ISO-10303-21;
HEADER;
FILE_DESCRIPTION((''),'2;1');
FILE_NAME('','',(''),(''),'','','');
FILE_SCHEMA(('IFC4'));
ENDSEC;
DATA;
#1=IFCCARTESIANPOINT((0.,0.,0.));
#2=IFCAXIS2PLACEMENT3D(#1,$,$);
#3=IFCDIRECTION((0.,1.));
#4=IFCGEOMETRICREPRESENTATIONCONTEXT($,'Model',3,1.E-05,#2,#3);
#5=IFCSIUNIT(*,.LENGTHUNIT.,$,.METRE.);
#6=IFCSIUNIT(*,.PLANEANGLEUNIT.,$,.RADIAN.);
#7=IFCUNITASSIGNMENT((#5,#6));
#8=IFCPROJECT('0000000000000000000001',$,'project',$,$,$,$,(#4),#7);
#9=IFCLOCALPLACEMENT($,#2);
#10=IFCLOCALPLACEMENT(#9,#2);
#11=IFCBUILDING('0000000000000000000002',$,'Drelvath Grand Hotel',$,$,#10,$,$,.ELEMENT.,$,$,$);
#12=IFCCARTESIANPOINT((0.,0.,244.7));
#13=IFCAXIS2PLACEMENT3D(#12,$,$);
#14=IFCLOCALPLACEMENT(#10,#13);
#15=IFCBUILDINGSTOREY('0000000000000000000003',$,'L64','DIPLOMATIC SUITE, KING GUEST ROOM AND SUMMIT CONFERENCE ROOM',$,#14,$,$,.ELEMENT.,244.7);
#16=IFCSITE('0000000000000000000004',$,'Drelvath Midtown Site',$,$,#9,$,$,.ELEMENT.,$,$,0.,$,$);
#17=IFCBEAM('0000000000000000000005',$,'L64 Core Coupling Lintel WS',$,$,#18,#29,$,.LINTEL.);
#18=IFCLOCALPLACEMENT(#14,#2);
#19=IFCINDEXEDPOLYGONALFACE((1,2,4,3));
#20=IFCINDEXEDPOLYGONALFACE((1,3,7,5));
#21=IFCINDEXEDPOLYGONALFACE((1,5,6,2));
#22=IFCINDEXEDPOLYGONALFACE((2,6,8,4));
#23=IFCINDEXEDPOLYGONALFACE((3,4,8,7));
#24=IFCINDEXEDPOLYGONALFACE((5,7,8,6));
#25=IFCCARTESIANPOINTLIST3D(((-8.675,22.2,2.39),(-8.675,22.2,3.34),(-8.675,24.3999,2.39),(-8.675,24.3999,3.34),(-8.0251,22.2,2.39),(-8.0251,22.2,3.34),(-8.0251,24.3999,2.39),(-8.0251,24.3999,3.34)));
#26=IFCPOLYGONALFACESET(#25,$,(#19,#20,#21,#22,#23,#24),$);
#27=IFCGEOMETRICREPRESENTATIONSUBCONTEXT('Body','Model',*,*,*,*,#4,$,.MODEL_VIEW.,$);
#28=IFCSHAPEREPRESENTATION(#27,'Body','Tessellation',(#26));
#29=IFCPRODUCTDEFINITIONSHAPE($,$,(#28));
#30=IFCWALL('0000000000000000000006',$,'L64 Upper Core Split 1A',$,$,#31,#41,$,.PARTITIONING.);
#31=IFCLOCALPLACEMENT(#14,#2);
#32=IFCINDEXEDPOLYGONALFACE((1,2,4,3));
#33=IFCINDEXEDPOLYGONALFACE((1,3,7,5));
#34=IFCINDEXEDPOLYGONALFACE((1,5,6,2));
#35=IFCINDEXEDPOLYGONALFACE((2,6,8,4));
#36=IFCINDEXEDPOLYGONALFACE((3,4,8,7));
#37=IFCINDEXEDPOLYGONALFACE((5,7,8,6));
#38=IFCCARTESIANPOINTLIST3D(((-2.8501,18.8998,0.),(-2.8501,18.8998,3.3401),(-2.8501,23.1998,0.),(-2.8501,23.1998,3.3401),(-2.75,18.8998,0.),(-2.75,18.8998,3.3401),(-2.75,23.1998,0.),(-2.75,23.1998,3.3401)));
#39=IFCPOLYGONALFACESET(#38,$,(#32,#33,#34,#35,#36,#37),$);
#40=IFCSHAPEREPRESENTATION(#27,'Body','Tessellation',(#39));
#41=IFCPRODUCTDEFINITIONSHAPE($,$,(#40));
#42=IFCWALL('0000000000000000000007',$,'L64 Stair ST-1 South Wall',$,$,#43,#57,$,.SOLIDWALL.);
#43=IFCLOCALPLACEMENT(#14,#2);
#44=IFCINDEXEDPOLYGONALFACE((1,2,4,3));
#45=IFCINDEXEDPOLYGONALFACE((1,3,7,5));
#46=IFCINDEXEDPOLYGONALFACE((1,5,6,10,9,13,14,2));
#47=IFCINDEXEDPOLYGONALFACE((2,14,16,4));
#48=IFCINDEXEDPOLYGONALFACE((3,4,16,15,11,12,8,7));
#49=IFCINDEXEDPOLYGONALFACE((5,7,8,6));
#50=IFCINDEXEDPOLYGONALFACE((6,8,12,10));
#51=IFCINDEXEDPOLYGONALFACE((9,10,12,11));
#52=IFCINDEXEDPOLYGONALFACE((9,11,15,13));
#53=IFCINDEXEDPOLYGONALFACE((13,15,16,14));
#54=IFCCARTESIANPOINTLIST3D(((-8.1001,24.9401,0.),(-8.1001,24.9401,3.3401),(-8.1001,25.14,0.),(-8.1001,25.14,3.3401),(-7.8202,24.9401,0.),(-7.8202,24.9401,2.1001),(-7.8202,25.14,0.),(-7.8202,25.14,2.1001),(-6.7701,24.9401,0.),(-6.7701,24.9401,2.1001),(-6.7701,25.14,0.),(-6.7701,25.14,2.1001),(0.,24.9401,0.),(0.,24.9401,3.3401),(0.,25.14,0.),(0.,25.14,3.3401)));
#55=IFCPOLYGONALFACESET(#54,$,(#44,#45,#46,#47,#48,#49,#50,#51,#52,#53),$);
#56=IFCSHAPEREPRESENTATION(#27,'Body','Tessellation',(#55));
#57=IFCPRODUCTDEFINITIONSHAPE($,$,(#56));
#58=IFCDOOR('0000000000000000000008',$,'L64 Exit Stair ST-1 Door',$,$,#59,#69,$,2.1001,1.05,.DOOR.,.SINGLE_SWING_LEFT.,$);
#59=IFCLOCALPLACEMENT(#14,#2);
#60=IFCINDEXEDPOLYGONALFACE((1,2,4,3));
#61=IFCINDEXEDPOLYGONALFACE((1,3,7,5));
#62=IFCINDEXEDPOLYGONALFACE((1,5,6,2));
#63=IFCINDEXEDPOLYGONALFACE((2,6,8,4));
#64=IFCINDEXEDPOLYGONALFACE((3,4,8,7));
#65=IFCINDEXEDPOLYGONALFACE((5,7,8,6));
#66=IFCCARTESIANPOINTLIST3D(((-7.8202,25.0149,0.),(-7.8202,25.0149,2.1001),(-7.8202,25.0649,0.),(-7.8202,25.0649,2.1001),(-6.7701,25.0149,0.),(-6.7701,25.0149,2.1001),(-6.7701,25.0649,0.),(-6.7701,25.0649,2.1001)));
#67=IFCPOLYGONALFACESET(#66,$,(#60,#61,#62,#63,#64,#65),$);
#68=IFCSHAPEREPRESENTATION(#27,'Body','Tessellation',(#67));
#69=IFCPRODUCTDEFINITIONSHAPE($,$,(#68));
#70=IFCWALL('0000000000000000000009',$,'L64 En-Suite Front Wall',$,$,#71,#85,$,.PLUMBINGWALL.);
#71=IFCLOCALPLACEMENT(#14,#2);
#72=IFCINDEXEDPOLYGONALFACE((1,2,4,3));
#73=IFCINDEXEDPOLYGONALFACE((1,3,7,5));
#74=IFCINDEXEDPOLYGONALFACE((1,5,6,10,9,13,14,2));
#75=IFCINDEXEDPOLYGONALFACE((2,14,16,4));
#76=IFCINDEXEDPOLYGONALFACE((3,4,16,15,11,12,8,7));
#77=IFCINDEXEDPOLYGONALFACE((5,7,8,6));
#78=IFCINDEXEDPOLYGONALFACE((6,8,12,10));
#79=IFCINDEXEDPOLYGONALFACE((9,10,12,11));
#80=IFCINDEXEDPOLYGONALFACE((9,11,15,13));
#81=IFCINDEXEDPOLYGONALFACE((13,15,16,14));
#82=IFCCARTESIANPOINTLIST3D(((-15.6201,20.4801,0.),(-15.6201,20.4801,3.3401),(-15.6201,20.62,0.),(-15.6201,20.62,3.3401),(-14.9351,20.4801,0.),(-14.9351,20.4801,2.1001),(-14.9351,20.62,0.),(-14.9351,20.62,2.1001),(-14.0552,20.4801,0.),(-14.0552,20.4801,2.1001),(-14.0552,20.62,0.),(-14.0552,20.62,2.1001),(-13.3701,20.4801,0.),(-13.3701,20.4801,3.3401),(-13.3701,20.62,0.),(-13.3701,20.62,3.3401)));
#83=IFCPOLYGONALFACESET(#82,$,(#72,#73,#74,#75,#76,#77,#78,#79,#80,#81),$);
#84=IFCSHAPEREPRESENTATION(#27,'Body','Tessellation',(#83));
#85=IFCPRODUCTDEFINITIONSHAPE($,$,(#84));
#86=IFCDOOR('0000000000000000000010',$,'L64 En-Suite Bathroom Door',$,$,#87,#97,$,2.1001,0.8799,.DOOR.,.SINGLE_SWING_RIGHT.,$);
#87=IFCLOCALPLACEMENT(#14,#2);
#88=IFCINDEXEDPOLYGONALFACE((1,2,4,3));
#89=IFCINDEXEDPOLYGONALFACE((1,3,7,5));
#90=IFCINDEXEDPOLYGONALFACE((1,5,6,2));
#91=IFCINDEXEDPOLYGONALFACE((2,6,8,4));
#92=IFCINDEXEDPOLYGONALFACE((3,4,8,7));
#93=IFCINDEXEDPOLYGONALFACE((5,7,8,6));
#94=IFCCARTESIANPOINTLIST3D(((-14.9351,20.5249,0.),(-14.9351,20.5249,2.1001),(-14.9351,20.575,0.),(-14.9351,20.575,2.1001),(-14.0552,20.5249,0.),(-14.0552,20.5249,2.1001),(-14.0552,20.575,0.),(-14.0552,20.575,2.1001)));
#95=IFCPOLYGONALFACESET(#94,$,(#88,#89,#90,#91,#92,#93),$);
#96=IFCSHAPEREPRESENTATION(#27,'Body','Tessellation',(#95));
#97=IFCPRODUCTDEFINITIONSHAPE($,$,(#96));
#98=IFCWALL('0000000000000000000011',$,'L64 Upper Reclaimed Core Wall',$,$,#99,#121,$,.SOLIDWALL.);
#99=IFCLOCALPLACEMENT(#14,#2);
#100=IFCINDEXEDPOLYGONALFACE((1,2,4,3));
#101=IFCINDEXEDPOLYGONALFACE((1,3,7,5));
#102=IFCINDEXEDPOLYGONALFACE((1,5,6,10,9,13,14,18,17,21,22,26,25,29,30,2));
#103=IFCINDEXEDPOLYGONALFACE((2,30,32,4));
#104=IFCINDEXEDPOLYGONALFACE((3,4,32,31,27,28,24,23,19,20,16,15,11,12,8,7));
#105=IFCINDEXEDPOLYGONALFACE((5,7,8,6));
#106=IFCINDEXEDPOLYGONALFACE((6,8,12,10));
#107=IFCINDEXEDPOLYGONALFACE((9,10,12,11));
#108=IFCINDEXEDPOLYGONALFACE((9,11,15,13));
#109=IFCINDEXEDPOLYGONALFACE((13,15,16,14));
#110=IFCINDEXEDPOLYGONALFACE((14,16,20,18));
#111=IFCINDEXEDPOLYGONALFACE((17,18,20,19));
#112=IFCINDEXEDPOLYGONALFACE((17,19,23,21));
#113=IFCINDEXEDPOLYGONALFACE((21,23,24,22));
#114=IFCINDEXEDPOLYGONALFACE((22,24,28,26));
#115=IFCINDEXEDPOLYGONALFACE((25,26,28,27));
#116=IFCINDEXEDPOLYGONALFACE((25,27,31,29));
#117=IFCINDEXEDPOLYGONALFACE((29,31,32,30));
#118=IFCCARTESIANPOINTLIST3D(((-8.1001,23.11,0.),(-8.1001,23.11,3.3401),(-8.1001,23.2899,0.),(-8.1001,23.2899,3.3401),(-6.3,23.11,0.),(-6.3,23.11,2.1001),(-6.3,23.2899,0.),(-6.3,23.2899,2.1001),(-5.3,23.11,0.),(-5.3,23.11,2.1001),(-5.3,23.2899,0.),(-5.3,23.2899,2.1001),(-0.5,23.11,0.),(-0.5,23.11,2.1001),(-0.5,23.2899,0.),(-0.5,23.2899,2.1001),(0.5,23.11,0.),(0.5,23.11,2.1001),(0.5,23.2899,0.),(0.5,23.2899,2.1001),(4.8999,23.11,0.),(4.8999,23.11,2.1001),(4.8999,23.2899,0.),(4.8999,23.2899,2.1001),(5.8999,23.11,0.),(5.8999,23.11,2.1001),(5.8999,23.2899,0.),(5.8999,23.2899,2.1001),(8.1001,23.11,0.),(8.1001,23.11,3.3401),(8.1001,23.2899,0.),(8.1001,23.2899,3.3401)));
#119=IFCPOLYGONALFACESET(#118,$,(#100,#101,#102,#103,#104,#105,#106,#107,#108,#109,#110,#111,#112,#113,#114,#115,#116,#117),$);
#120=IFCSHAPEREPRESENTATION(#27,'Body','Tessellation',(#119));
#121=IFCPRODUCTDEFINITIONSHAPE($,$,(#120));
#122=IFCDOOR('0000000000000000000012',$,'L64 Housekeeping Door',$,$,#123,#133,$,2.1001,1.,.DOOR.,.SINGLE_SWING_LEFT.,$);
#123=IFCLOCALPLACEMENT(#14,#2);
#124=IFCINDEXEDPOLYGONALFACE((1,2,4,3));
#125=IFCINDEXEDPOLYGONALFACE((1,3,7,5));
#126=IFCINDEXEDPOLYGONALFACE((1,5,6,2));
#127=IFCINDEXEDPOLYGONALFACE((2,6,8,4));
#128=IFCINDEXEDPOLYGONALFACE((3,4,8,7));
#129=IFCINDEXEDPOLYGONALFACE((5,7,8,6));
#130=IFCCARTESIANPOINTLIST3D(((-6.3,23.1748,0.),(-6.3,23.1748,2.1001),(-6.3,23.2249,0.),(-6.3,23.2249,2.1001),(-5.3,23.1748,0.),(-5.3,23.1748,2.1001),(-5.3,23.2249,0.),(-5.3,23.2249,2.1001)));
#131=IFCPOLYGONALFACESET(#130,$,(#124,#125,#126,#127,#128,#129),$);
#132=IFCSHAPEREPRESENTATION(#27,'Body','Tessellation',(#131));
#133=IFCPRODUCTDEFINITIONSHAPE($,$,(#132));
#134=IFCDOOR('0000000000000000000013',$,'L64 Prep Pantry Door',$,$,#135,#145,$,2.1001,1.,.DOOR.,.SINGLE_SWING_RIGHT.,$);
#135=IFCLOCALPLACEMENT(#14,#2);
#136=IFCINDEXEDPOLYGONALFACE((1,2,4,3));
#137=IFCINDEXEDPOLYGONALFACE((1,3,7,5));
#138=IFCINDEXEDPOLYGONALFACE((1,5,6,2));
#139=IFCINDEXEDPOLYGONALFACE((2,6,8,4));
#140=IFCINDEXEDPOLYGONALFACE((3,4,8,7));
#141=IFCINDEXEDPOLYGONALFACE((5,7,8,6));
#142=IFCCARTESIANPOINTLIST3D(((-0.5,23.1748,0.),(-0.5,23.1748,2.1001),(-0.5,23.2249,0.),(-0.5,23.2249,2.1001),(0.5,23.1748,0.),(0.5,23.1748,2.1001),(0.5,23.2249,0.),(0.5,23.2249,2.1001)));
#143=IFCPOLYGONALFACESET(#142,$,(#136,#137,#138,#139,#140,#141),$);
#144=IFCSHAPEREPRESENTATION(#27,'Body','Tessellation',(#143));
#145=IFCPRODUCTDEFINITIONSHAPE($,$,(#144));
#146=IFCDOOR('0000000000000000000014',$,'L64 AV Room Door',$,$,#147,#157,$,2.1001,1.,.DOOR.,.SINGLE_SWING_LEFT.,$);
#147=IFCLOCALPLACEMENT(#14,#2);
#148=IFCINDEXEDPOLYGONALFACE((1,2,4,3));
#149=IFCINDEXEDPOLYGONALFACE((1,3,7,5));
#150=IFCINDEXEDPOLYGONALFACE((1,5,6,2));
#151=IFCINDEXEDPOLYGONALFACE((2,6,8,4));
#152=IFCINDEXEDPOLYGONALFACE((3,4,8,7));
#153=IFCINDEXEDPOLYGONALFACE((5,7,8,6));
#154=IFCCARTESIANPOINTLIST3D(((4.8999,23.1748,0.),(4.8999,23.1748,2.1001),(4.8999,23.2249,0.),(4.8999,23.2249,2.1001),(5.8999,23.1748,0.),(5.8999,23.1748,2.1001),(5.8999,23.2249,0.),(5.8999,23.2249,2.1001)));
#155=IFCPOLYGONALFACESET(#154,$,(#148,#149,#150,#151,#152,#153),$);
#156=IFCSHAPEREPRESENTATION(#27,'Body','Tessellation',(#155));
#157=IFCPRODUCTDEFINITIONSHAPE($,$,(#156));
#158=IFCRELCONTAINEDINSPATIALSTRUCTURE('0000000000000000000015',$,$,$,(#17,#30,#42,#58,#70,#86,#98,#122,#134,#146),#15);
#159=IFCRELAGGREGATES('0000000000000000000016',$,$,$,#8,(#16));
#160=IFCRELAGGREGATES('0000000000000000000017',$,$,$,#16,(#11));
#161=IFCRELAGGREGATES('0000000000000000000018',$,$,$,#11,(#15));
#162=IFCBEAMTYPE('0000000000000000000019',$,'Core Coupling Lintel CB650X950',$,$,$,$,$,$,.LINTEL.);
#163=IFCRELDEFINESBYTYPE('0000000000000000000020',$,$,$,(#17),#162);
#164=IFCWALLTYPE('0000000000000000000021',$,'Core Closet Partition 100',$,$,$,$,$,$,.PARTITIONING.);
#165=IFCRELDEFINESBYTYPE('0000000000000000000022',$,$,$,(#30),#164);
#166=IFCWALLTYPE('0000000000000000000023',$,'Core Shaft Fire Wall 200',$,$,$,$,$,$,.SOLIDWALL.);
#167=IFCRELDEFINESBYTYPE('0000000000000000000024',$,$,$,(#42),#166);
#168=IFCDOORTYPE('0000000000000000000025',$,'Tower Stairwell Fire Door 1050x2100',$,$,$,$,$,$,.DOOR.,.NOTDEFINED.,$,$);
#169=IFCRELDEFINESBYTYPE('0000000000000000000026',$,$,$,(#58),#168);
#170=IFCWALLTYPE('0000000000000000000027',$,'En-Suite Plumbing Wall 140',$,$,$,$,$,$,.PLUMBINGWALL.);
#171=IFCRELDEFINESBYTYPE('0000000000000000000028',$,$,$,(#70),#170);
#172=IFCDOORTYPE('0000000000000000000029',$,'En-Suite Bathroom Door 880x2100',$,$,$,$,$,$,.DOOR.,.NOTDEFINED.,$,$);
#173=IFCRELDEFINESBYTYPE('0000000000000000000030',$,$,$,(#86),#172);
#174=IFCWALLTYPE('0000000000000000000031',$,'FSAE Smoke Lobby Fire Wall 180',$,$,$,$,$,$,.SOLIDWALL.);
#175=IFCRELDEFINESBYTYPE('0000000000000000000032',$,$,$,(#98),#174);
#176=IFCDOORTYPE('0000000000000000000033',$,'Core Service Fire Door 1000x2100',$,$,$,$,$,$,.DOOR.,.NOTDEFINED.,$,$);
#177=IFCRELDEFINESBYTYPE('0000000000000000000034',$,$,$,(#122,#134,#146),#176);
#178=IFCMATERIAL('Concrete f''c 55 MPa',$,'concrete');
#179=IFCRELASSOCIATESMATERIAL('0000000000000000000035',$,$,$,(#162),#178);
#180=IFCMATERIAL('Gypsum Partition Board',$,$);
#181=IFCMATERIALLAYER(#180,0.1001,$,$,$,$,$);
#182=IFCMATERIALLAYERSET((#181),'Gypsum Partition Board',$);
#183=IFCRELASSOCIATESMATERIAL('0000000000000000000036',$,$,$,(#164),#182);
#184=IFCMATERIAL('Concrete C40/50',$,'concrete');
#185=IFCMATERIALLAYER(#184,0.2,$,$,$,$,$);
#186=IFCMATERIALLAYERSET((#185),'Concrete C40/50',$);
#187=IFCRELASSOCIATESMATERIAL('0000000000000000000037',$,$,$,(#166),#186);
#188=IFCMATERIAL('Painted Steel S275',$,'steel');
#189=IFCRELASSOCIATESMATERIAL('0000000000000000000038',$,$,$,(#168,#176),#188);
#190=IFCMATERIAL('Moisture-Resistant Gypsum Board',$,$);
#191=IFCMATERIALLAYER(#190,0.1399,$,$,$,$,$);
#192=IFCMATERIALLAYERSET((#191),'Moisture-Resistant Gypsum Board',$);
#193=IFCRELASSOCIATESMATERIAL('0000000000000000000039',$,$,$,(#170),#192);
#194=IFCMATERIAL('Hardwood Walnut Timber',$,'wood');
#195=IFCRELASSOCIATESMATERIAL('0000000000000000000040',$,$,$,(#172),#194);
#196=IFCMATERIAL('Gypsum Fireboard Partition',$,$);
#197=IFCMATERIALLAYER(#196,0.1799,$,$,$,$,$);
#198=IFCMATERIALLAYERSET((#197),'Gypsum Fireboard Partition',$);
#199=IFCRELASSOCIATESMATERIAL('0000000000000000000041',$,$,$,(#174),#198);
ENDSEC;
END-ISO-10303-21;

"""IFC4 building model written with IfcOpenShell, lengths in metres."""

from ifc_helpers import new_model, si_unit, direction, frame, frame_2d, origin, origin_2d, place, context, subcontext, project, spatial, rectangle, extrude, material, layer, layer_set, material_profile, profile_set, type_object, element, fill, save


model = new_model("IFC4")

# Units and contexts
model_context = context("Model", 3, precision=1e-05, world=origin(), true_north=direction((0.0, 1.0)))
body_context = subcontext(model_context, "Body", "Model", "MODEL_VIEW")
ifc_project = project(units=[si_unit("LENGTHUNIT", "METRE"), si_unit("PLANEANGLEUNIT", "RADIAN")], contexts=[model_context])

# Site, building, storey
site_placement = place(None, origin())
site = spatial("IfcSite", under=ifc_project, at=site_placement, Name="Drelvath Midtown Site", CompositionType="ELEMENT", RefElevation=0.0)
building_placement = place(site_placement, origin())
building = spatial("IfcBuilding", under=site, at=building_placement, Name="Drelvath Grand Hotel", CompositionType="ELEMENT")
storey_placement = place(building_placement, frame((0.0, 0.0, 244.7)))
storey = spatial("IfcBuildingStorey", under=building, at=storey_placement, Name="L64", Description="DIPLOMATIC SUITE, KING GUEST ROOM AND SUMMIT CONFERENCE ROOM", CompositionType="ELEMENT", Elevation=244.7)

# Beam
ifc_material_1 = material(Name="Concrete f'c 55 MPa", Category="concrete")
ifc_material_profile = material_profile(ifc_material_1, rectangle(XDim=0.6499, YDim=0.95, at=origin_2d()), Name="CB650X950")
ifc_profile_set = profile_set([ifc_material_profile], Name="Concrete f'c 55 MPa")
beam_type = type_object("IfcBeamType", Name="Core Coupling Lintel CB650X950", PredefinedType="LINTEL", material=ifc_profile_set)
beam_placement = place(storey_placement, frame((-8.3501, 22.2, 2.865), z_axis=(0.0, 1.0, 0.0), x_axis=(-1.0, 0.0, 0.0)))
element("IfcBeam", 1, at=beam_placement, inside=storey, type_object=beam_type, Name="L64 Core Coupling Lintel WS", PredefinedType="LINTEL", context=body_context, shape_type="SweptSolid", body=[
    extrude(rectangle(XDim=0.6499, YDim=0.95, at=origin_2d()), origin(), (0.0, 0.0, 1.0), 2.2),
])

# Wall
ifc_material_2 = material(Name="Gypsum Partition Board")
ifc_layer_1 = layer(ifc_material_2, 0.1001)
ifc_layer_set_1 = layer_set([ifc_layer_1], Name="Gypsum Partition Board")
wall_type_1 = type_object("IfcWallType", Name="Core Closet Partition 100", PredefinedType="PARTITIONING", material=ifc_layer_set_1)
wall_1_placement = place(storey_placement, frame((-2.8, 18.8999, 0.0), z_axis=(0.0, 0.0, 1.0), x_axis=(0.0, 1.0, 0.0)))
element("IfcWall", 2, at=wall_1_placement, inside=storey, type_object=wall_type_1, Name="L64 Upper Core Split 1A", PredefinedType="PARTITIONING", context=body_context, shape_type="SweptSolid", body=[
    extrude(rectangle(XDim=4.3, YDim=0.1001, at=frame_2d((2.1499, 0.0))), origin(), (0.0, 0.0, 1.0), 3.3401),
])

# Walls, openings, doors
ifc_material_3 = material(Name="Concrete C40/50", Category="concrete")
ifc_layer_2 = layer(ifc_material_3, 0.2)
ifc_layer_set_2 = layer_set([ifc_layer_2], Name="Concrete C40/50")
wall_type_2 = type_object("IfcWallType", Name="Core Shaft Fire Wall 200", PredefinedType="SOLIDWALL", material=ifc_layer_set_2)
wall_2_placement = place(storey_placement, frame((-8.1001, 25.04, 0.0), z_axis=(0.0, 0.0, 1.0), x_axis=(1.0, 0.0, 0.0)))
wall_2 = element("IfcWall", 3, at=wall_2_placement, inside=storey, type_object=wall_type_2, Name="L64 Stair ST-1 South Wall", PredefinedType="SOLIDWALL", context=body_context, shape_type="SweptSolid", body=[
    extrude(rectangle(XDim=8.1001, YDim=0.2, at=frame_2d((4.05, 0.0))), origin(), (0.0, 0.0, 1.0), 3.3401),
])
opening_1_placement = place(wall_2_placement, frame((0.28, 0.0, 0.0)))
opening_1 = element("IfcOpeningElement", 4, at=opening_1_placement, cuts=wall_2, PredefinedType="OPENING", context=body_context, shape_type="SweptSolid", body=[
    extrude(rectangle(XDim=1.05, YDim=2.1001, at=frame_2d((0.5249, 1.05))), frame((0.0, 0.1099, 0.0), z_axis=(0.0, -1.0, 0.0), x_axis=(1.0, 0.0, 0.0)), (0.0, 0.0, 1.0), 0.22),
])
ifc_material_4 = material(Name="Painted Steel S275", Category="steel")
door_type_1 = type_object("IfcDoorType", Name="Tower Stairwell Fire Door 1050x2100", OperationType="NOTDEFINED", PredefinedType="DOOR", material=ifc_material_4)
door_1_placement = place(opening_1_placement, origin())
door_1 = element("IfcDoor", 5, at=door_1_placement, inside=storey, type_object=door_type_1, Name="L64 Exit Stair ST-1 Door", OperationType="SINGLE_SWING_LEFT", OverallHeight=2.1001, OverallWidth=1.05, PredefinedType="DOOR", context=body_context, shape_type="SweptSolid", body=[
    extrude(rectangle(XDim=1.05, YDim=2.1001, at=frame_2d((0.5249, 1.05))), frame((0.0, 0.0249, 0.0), z_axis=(0.0, -1.0, 0.0), x_axis=(1.0, 0.0, 0.0)), (0.0, 0.0, 1.0), 0.05),
])
fill(opening_1, door_1)
ifc_material_5 = material(Name="Moisture-Resistant Gypsum Board")
ifc_layer_3 = layer(ifc_material_5, 0.1399)
ifc_layer_set_3 = layer_set([ifc_layer_3], Name="Moisture-Resistant Gypsum Board")
wall_type_3 = type_object("IfcWallType", Name="En-Suite Plumbing Wall 140", PredefinedType="PLUMBINGWALL", material=ifc_layer_set_3)
wall_3_placement = place(storey_placement, frame((-15.6201, 20.55, 0.0), z_axis=(0.0, 0.0, 1.0), x_axis=(1.0, 0.0, 0.0)))
wall_3 = element("IfcWall", 6, at=wall_3_placement, inside=storey, type_object=wall_type_3, Name="L64 En-Suite Front Wall", PredefinedType="PLUMBINGWALL", context=body_context, shape_type="SweptSolid", body=[
    extrude(rectangle(XDim=2.25, YDim=0.1399, at=frame_2d((1.125, 0.0))), origin(), (0.0, 0.0, 1.0), 3.3401),
])
opening_2_placement = place(wall_3_placement, frame((0.6851, 0.0, 0.0)))
opening_2 = element("IfcOpeningElement", 7, at=opening_2_placement, cuts=wall_3, PredefinedType="OPENING", context=body_context, shape_type="SweptSolid", body=[
    extrude(rectangle(XDim=0.8799, YDim=2.1001, at=frame_2d((0.4399, 1.05))), frame((0.0, 0.0798, 0.0), z_axis=(0.0, -1.0, 0.0), x_axis=(1.0, 0.0, 0.0)), (0.0, 0.0, 1.0), 0.1599),
])
ifc_material_6 = material(Name="Hardwood Walnut Timber", Category="wood")
door_type_2 = type_object("IfcDoorType", Name="En-Suite Bathroom Door 880x2100", OperationType="NOTDEFINED", PredefinedType="DOOR", material=ifc_material_6)
door_2_placement = place(opening_2_placement, origin())
door_2 = element("IfcDoor", 8, at=door_2_placement, inside=storey, type_object=door_type_2, Name="L64 En-Suite Bathroom Door", OperationType="SINGLE_SWING_RIGHT", OverallHeight=2.1001, OverallWidth=0.8799, PredefinedType="DOOR", context=body_context, shape_type="SweptSolid", body=[
    extrude(rectangle(XDim=0.8799, YDim=2.1001, at=frame_2d((0.4399, 1.05))), frame((0.0, 0.0249, 0.0), z_axis=(0.0, -1.0, 0.0), x_axis=(1.0, 0.0, 0.0)), (0.0, 0.0, 1.0), 0.05),
])
fill(opening_2, door_2)

# Wall, openings, doors
ifc_material_7 = material(Name="Gypsum Fireboard Partition")
ifc_layer_4 = layer(ifc_material_7, 0.1799)
ifc_layer_set_4 = layer_set([ifc_layer_4], Name="Gypsum Fireboard Partition")
wall_type_4 = type_object("IfcWallType", Name="FSAE Smoke Lobby Fire Wall 180", PredefinedType="SOLIDWALL", material=ifc_layer_set_4)
wall_4_placement = place(storey_placement, frame((-8.1001, 23.2, 0.0), z_axis=(0.0, 0.0, 1.0), x_axis=(1.0, 0.0, 0.0)))
wall_4 = element("IfcWall", 9, at=wall_4_placement, inside=storey, type_object=wall_type_4, Name="L64 Upper Reclaimed Core Wall", PredefinedType="SOLIDWALL", context=body_context, shape_type="SweptSolid", body=[
    extrude(rectangle(XDim=16.2002, YDim=0.1799, at=frame_2d((8.1001, 0.0))), origin(), (0.0, 0.0, 1.0), 3.3401),
])
opening_3_placement = place(wall_4_placement, frame((1.8, 0.0, 0.0)))
opening_3 = element("IfcOpeningElement", 10, at=opening_3_placement, cuts=wall_4, PredefinedType="OPENING", context=body_context, shape_type="SweptSolid", body=[
    extrude(rectangle(XDim=1.0, YDim=2.1001, at=frame_2d((0.5, 1.05))), frame((0.0, 0.0999, 0.0), z_axis=(0.0, -1.0, 0.0), x_axis=(1.0, 0.0, 0.0)), (0.0, 0.0, 1.0), 0.2),
])
opening_4_placement = place(wall_4_placement, frame((7.6001, 0.0, 0.0)))
opening_4 = element("IfcOpeningElement", 11, at=opening_4_placement, cuts=wall_4, PredefinedType="OPENING", context=body_context, shape_type="SweptSolid", body=[
    extrude(rectangle(XDim=1.0, YDim=2.1001, at=frame_2d((0.5, 1.05))), frame((0.0, 0.0999, 0.0), z_axis=(0.0, -1.0, 0.0), x_axis=(1.0, 0.0, 0.0)), (0.0, 0.0, 1.0), 0.2),
])
opening_5_placement = place(wall_4_placement, frame((13.0, 0.0, 0.0)))
opening_5 = element("IfcOpeningElement", 12, at=opening_5_placement, cuts=wall_4, PredefinedType="OPENING", context=body_context, shape_type="SweptSolid", body=[
    extrude(rectangle(XDim=1.0, YDim=2.1001, at=frame_2d((0.5, 1.05))), frame((0.0, 0.0999, 0.0), z_axis=(0.0, -1.0, 0.0), x_axis=(1.0, 0.0, 0.0)), (0.0, 0.0, 1.0), 0.2),
])
door_type_3 = type_object("IfcDoorType", Name="Core Service Fire Door 1000x2100", OperationType="NOTDEFINED", PredefinedType="DOOR", material=ifc_material_4)
door_3_placement = place(opening_3_placement, origin())
door_3 = element("IfcDoor", 13, at=door_3_placement, inside=storey, type_object=door_type_3, Name="L64 Housekeeping Door", OperationType="SINGLE_SWING_LEFT", OverallHeight=2.1001, OverallWidth=1.0, PredefinedType="DOOR", context=body_context, shape_type="SweptSolid", body=[
    extrude(rectangle(XDim=1.0, YDim=2.1001, at=frame_2d((0.5, 1.05))), frame((0.0, 0.0249, 0.0), z_axis=(0.0, -1.0, 0.0), x_axis=(1.0, 0.0, 0.0)), (0.0, 0.0, 1.0), 0.05),
])
fill(opening_3, door_3)
door_4_placement = place(opening_4_placement, origin())
door_4 = element("IfcDoor", 14, at=door_4_placement, inside=storey, type_object=door_type_3, Name="L64 Prep Pantry Door", OperationType="SINGLE_SWING_RIGHT", OverallHeight=2.1001, OverallWidth=1.0, PredefinedType="DOOR", context=body_context, shape_type="SweptSolid", body=[
    extrude(rectangle(XDim=1.0, YDim=2.1001, at=frame_2d((0.5, 1.05))), frame((0.0, 0.0249, 0.0), z_axis=(0.0, -1.0, 0.0), x_axis=(1.0, 0.0, 0.0)), (0.0, 0.0, 1.0), 0.05),
])
fill(opening_4, door_4)
door_5_placement = place(opening_5_placement, origin())
door_5 = element("IfcDoor", 15, at=door_5_placement, inside=storey, type_object=door_type_3, Name="L64 AV Room Door", OperationType="SINGLE_SWING_LEFT", OverallHeight=2.1001, OverallWidth=1.0, PredefinedType="DOOR", context=body_context, shape_type="SweptSolid", body=[
    extrude(rectangle(XDim=1.0, YDim=2.1001, at=frame_2d((0.5, 1.05))), frame((0.0, 0.0249, 0.0), z_axis=(0.0, -1.0, 0.0), x_axis=(1.0, 0.0, 0.0)), (0.0, 0.0, 1.0), 0.05),
])
fill(opening_5, door_5)

save(model, "model.ifc")
